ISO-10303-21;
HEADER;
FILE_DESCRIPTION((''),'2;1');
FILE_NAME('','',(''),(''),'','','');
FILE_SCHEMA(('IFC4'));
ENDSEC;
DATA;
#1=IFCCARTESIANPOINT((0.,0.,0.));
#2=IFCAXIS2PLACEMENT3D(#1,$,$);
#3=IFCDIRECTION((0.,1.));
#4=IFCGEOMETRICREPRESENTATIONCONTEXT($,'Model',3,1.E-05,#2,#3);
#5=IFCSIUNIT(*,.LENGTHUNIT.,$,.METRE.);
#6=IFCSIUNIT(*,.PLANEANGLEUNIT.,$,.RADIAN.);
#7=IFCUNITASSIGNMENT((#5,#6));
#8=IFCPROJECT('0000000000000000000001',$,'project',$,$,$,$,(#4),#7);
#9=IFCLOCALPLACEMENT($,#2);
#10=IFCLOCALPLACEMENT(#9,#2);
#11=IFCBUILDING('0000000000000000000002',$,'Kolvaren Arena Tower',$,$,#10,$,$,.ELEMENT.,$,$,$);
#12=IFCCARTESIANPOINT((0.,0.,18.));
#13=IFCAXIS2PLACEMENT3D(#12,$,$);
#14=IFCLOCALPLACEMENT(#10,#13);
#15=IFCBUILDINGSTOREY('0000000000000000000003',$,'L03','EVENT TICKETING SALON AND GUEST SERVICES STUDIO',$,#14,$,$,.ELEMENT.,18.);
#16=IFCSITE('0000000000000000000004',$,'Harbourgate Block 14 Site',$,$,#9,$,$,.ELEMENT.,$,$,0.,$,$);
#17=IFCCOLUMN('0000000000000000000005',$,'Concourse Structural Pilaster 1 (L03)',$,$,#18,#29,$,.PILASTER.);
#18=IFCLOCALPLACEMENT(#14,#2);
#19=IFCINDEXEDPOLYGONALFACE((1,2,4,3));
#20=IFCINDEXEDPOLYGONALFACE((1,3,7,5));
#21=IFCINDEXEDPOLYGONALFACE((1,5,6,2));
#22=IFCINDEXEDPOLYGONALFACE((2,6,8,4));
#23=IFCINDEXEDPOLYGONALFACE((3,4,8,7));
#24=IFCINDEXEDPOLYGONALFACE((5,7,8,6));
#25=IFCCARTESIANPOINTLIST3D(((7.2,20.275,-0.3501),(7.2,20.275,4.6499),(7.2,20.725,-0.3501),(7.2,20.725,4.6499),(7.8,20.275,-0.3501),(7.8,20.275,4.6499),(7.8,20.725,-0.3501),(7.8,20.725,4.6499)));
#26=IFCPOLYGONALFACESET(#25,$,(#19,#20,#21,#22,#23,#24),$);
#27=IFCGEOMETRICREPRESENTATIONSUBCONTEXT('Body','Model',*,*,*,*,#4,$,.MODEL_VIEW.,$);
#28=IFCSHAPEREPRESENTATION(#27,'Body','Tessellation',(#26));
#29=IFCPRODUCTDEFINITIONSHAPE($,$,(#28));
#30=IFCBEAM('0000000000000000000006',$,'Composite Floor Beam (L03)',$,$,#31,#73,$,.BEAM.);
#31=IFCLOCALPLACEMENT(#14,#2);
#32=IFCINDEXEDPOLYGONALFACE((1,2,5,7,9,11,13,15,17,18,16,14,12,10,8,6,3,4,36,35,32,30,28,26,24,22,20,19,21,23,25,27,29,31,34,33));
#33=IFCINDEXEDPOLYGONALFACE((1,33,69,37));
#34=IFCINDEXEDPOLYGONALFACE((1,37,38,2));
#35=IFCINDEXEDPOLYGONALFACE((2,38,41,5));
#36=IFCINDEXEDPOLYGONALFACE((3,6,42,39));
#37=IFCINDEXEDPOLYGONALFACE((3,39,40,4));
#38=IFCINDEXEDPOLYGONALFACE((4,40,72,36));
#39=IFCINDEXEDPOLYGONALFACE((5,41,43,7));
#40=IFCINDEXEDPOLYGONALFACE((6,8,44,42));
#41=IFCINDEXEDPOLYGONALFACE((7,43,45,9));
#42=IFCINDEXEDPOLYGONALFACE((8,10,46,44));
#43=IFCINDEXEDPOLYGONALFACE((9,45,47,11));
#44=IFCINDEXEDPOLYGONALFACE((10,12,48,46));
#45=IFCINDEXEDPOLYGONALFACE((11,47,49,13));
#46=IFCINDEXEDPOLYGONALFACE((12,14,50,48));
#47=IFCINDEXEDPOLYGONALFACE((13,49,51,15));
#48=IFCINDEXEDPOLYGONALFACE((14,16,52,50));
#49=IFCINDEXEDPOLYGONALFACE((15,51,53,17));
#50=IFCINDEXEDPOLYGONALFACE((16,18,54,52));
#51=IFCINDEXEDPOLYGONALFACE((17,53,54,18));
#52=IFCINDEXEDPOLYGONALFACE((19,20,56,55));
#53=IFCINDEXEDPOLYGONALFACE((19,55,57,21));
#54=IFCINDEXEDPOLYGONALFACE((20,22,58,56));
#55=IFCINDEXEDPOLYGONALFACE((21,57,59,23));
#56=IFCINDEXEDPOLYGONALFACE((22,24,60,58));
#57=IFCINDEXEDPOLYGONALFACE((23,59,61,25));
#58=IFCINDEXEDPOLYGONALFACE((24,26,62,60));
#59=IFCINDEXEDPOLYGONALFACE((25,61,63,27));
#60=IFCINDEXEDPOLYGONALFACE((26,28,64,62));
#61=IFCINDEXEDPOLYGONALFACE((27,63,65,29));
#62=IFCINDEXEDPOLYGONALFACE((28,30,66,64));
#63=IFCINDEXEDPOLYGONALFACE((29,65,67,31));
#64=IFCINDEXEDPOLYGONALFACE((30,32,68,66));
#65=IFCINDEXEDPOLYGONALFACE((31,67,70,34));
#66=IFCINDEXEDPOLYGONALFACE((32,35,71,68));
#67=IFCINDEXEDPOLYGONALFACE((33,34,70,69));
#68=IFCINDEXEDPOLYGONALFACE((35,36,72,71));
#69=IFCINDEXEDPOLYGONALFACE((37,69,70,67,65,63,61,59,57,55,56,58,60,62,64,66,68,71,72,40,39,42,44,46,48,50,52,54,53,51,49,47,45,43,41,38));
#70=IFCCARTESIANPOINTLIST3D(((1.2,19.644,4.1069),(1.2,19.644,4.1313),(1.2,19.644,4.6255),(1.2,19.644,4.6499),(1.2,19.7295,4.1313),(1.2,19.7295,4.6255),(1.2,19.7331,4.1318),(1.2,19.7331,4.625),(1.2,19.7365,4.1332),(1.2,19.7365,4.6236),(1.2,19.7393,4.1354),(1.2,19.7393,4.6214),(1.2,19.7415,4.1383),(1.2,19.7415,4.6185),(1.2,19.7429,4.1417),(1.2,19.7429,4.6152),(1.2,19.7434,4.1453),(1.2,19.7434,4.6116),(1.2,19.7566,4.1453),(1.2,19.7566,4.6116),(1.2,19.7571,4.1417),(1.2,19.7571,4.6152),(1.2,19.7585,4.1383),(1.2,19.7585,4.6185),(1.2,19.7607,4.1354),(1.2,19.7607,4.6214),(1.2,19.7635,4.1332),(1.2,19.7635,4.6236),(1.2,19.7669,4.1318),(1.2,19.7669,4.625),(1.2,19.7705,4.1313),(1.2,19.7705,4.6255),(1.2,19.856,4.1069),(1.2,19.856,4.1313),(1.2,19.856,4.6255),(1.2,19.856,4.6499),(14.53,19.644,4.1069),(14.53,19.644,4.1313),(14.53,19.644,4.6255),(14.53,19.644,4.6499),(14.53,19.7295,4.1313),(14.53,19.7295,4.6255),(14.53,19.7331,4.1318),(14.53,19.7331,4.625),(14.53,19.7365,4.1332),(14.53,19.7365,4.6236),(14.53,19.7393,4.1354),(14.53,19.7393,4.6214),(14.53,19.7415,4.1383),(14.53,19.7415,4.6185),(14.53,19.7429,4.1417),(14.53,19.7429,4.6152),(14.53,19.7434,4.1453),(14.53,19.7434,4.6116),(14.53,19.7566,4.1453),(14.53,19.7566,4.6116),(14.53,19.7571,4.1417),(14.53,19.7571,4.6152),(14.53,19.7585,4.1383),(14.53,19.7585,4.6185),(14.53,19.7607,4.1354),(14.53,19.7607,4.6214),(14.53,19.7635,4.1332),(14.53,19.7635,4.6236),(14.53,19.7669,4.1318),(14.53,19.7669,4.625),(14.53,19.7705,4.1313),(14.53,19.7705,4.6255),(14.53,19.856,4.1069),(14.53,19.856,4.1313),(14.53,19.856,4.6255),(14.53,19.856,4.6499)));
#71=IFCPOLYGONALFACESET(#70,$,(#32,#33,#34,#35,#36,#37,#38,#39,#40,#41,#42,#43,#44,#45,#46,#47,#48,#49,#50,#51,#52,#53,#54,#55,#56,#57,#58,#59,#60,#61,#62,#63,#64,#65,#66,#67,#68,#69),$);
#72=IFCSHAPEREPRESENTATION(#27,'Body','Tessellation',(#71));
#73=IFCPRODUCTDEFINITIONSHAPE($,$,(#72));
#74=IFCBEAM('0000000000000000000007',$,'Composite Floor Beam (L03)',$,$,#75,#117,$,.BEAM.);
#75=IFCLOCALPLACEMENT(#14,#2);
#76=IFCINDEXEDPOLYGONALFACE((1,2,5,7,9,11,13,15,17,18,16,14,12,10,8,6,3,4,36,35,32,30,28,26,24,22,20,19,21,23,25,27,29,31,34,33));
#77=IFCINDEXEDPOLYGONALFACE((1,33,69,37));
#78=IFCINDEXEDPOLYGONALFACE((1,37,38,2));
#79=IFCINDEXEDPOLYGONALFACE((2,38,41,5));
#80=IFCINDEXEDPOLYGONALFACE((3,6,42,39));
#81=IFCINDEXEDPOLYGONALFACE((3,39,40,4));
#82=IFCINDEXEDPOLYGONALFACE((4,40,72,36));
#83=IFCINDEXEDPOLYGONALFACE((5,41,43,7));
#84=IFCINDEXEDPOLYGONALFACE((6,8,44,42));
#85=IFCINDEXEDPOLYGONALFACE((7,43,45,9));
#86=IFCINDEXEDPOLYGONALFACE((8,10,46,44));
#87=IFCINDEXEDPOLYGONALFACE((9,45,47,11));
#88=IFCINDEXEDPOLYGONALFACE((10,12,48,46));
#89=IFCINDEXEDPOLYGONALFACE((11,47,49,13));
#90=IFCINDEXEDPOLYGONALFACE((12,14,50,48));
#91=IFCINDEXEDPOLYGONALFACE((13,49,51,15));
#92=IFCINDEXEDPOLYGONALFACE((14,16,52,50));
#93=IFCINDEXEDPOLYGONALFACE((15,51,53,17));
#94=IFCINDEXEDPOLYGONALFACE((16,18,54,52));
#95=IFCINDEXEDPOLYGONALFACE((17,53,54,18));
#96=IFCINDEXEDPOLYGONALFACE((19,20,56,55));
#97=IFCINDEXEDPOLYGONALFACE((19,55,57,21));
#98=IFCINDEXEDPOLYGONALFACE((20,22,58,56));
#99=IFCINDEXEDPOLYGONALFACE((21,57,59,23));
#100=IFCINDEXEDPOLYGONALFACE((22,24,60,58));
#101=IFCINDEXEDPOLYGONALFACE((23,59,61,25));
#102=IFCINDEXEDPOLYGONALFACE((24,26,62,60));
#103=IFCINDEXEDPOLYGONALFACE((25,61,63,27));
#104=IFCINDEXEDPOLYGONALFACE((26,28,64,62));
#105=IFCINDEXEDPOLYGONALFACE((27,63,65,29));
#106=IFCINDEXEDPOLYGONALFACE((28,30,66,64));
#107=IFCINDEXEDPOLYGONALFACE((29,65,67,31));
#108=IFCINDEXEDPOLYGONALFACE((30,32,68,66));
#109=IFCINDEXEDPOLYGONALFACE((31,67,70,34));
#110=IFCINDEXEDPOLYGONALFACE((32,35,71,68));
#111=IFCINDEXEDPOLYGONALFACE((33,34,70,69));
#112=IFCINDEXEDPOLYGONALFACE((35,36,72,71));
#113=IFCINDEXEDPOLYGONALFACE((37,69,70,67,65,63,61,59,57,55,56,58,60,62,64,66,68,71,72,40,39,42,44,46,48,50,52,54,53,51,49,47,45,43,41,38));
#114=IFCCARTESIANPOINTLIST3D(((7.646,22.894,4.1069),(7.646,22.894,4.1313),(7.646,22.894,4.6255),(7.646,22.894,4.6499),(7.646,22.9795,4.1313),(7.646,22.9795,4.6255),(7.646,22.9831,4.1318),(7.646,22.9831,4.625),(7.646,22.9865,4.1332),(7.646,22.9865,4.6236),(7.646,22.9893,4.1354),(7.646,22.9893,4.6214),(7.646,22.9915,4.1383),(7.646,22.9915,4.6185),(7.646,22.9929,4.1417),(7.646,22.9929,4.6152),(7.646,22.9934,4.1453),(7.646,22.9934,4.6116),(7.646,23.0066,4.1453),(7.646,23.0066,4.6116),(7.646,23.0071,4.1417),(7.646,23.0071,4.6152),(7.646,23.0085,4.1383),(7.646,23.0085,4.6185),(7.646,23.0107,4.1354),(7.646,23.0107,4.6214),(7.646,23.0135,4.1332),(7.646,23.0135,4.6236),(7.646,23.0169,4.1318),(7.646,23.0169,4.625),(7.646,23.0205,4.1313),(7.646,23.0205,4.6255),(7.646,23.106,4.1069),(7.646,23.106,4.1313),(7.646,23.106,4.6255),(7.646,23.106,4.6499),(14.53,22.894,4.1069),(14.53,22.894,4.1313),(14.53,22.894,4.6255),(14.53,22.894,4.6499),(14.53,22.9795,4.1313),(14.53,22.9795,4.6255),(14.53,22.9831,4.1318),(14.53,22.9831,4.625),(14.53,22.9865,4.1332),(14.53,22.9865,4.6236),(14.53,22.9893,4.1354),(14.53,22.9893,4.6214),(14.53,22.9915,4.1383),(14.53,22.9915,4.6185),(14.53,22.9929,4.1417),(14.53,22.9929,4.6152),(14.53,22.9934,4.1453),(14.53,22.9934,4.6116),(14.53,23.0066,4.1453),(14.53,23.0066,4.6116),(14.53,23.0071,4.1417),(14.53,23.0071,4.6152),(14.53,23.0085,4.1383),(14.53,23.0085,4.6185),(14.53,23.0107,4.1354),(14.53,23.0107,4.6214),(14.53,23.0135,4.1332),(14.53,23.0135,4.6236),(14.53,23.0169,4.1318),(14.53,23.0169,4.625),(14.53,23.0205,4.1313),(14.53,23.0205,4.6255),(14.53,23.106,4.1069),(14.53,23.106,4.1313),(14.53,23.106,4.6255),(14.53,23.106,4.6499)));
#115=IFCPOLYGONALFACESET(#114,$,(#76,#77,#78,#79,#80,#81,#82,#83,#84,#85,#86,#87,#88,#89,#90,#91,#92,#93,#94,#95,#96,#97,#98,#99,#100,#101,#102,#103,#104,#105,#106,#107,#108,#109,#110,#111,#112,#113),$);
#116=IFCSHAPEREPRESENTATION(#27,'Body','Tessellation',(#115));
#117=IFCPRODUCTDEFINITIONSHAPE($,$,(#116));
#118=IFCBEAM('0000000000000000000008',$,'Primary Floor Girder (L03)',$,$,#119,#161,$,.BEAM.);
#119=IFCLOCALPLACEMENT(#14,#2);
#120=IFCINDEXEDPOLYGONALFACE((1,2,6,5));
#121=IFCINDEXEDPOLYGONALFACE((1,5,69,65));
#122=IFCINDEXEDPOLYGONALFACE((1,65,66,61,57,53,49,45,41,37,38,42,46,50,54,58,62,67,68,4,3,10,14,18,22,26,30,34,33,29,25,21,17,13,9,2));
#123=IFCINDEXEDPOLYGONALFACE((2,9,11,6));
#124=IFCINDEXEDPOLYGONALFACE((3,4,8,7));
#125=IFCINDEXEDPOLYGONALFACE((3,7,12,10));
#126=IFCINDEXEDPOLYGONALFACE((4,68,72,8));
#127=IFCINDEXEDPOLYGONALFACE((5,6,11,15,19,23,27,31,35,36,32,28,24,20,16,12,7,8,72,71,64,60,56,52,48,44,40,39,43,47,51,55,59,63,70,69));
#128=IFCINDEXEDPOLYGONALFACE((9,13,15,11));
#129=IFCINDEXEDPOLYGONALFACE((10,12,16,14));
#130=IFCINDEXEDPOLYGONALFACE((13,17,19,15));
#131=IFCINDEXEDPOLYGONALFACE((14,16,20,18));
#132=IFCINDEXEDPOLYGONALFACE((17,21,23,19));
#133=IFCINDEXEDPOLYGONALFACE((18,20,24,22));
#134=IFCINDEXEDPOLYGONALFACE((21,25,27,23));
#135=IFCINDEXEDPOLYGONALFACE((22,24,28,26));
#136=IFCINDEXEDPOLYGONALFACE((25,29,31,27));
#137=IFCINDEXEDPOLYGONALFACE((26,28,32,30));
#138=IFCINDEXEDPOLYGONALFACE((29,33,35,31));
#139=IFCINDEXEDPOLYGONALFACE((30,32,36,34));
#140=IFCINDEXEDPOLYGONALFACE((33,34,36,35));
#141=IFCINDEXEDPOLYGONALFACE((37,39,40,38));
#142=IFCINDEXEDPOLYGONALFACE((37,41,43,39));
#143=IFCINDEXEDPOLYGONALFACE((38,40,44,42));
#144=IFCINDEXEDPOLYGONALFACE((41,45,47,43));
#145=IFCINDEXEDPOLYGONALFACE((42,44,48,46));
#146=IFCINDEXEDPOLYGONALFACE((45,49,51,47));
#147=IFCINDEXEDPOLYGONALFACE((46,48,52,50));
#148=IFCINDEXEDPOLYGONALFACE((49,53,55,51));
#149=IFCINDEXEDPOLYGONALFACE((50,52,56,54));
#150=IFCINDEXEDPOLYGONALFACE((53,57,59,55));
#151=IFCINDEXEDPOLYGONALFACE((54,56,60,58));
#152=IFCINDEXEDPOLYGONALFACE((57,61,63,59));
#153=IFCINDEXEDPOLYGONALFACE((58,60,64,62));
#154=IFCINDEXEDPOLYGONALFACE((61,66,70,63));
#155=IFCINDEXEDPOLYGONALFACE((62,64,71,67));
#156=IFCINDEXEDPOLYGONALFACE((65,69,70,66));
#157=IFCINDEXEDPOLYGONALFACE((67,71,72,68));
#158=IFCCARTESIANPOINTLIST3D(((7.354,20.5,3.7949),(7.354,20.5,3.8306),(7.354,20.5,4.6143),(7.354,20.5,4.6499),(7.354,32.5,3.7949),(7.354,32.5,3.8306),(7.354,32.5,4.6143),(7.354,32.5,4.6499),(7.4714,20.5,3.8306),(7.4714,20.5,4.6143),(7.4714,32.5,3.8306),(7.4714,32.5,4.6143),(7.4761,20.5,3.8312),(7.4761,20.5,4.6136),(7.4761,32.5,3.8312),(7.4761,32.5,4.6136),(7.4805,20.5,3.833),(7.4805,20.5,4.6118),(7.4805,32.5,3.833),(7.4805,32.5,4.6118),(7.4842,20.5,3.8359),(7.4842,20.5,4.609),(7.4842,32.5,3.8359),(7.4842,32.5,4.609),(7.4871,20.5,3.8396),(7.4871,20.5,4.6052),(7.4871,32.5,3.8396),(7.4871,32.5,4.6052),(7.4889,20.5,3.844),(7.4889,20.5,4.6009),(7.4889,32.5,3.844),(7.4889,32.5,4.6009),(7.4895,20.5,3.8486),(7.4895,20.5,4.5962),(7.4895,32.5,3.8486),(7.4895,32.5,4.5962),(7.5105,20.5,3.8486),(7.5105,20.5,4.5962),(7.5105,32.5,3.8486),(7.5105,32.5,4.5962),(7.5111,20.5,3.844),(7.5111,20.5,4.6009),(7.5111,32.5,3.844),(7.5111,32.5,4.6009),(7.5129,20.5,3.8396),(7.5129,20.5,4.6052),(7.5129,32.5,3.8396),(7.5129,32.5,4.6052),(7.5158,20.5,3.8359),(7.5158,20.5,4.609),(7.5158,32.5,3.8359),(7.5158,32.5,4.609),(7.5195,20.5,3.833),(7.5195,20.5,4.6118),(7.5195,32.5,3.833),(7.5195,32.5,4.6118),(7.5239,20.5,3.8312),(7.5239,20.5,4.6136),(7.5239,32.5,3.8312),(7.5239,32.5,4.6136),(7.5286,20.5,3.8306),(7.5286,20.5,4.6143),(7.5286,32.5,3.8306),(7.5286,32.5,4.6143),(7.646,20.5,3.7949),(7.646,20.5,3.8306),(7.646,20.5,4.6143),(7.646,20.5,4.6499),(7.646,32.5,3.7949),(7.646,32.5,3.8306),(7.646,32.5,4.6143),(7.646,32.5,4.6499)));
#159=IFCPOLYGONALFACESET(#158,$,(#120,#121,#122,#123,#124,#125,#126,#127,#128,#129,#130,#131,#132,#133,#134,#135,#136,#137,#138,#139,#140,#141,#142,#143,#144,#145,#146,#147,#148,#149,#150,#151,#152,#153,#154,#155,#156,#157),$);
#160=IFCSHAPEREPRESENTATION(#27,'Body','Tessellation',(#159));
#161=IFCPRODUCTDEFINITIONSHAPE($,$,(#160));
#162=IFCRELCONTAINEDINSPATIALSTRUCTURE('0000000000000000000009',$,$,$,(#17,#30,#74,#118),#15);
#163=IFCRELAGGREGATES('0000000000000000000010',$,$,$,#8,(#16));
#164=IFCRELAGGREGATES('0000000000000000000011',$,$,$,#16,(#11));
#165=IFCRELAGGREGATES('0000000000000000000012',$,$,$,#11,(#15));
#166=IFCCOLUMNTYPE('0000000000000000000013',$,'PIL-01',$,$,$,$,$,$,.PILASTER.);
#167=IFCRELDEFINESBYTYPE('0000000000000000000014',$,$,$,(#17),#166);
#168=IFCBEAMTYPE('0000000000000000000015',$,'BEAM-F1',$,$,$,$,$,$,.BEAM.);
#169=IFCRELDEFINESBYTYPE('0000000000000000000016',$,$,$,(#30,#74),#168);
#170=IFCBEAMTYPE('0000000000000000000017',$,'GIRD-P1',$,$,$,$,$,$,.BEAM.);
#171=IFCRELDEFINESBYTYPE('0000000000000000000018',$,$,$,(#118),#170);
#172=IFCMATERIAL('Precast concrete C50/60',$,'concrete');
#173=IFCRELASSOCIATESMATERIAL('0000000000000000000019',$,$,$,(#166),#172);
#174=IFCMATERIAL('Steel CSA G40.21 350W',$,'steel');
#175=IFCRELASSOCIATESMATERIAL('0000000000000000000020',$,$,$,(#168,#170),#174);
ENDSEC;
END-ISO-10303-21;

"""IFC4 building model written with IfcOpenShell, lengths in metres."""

from ifc_helpers import new_model, si_unit, direction, frame, origin, origin_2d, place, context, subcontext, project, spatial, rectangle, i_section, extrude, material, material_profile, profile_set, type_object, element, save


model = new_model("IFC4")

# Units and contexts
model_context = context("Model", 3, precision=1e-05, world=origin(), true_north=direction((0.0, 1.0)))
body_context = subcontext(model_context, "Body", "Model", "MODEL_VIEW")
ifc_project = project(units=[si_unit("LENGTHUNIT", "METRE"), si_unit("PLANEANGLEUNIT", "RADIAN")], contexts=[model_context])

# Site, building, storey
site_placement = place(None, origin())
site = spatial("IfcSite", under=ifc_project, at=site_placement, Name="Harbourgate Block 14 Site", CompositionType="ELEMENT", RefElevation=0.0)
building_placement = place(site_placement, origin())
building = spatial("IfcBuilding", under=site, at=building_placement, Name="Kolvaren Arena Tower", CompositionType="ELEMENT")
storey_placement = place(building_placement, frame((0.0, 0.0, 18.0)))
storey = spatial("IfcBuildingStorey", under=building, at=storey_placement, Name="L03", Description="EVENT TICKETING SALON AND GUEST SERVICES STUDIO", CompositionType="ELEMENT", Elevation=18.0)

# Column
ifc_material_1 = material(Name="Precast concrete C50/60", Category="concrete")
ifc_material_profile_1 = material_profile(ifc_material_1, rectangle(XDim=0.6001, YDim=0.45, at=origin_2d()), Name="RC-600x450")
ifc_profile_set_1 = profile_set([ifc_material_profile_1], Name="Precast concrete C50/60")
column_type = type_object("IfcColumnType", Name="PIL-01", PredefinedType="PILASTER", material=ifc_profile_set_1)
column_placement = place(storey_placement, frame((7.5, 20.5, -0.3501), z_axis=(0.0, 0.0, 1.0), x_axis=(1.0, 0.0, 0.0)))
element("IfcColumn", 1, at=column_placement, inside=storey, type_object=column_type, Name="Concourse Structural Pilaster 1 (L03)", PredefinedType="PILASTER", context=body_context, shape_type="SweptSolid", body=[
    extrude(rectangle(XDim=0.6001, YDim=0.45, at=origin_2d()), origin(), (0.0, 0.0, 1.0), 5.0),
])

# Beams
ifc_material_2 = material(Name="Steel CSA G40.21 350W", Category="steel")
ifc_material_profile_2 = material_profile(ifc_material_2, i_section(OverallWidth=0.2119, OverallDepth=0.543, WebThickness=0.0132, FlangeThickness=0.0244, FilletRadius=0.0139, at=origin_2d()), Name="W530x150")
ifc_profile_set_2 = profile_set([ifc_material_profile_2], Name="Steel CSA G40.21 350W")
beam_type_1 = type_object("IfcBeamType", Name="BEAM-F1", PredefinedType="BEAM", material=ifc_profile_set_2)
beam_1_placement = place(storey_placement, frame((1.2, 19.75, 4.3784), z_axis=(1.0, 0.0, 0.0), x_axis=(0.0, 1.0, 0.0)))
element("IfcBeam", 2, at=beam_1_placement, inside=storey, type_object=beam_type_1, Name="Composite Floor Beam (L03)", PredefinedType="BEAM", context=body_context, shape_type="SweptSolid", body=[
    extrude(i_section(OverallWidth=0.2119, OverallDepth=0.543, WebThickness=0.0132, FlangeThickness=0.0244, FilletRadius=0.0139, at=origin_2d()), origin(), (0.0, 0.0, 1.0), 13.3301),
])
beam_2_placement = place(storey_placement, frame((7.646, 23.0, 4.3784), z_axis=(1.0, 0.0, 0.0), x_axis=(0.0, 1.0, 0.0)))
element("IfcBeam", 3, at=beam_2_placement, inside=storey, type_object=beam_type_1, Name="Composite Floor Beam (L03)", PredefinedType="BEAM", context=body_context, shape_type="SweptSolid", body=[
    extrude(i_section(OverallWidth=0.2119, OverallDepth=0.543, WebThickness=0.0132, FlangeThickness=0.0244, FilletRadius=0.0139, at=origin_2d()), origin(), (0.0, 0.0, 1.0), 6.884),
])
ifc_material_profile_3 = material_profile(ifc_material_2, i_section(OverallWidth=0.292, OverallDepth=0.855, WebThickness=0.021, FlangeThickness=0.0356, FilletRadius=0.0181, at=origin_2d()), Name="W840x299")
ifc_profile_set_3 = profile_set([ifc_material_profile_3], Name="Steel CSA G40.21 350W")
beam_type_2 = type_object("IfcBeamType", Name="GIRD-P1", PredefinedType="BEAM", material=ifc_profile_set_3)
beam_3_placement = place(storey_placement, frame((7.5, 20.5, 4.2224), z_axis=(0.0, 1.0, 0.0), x_axis=(-1.0, 0.0, 0.0)))
element("IfcBeam", 4, at=beam_3_placement, inside=storey, type_object=beam_type_2, Name="Primary Floor Girder (L03)", PredefinedType="BEAM", context=body_context, shape_type="SweptSolid", body=[
    extrude(i_section(OverallWidth=0.292, OverallDepth=0.855, WebThickness=0.021, FlangeThickness=0.0356, FilletRadius=0.0181, at=origin_2d()), origin(), (0.0, 0.0, 1.0), 12.0),
])

save(model, "model.ifc")
